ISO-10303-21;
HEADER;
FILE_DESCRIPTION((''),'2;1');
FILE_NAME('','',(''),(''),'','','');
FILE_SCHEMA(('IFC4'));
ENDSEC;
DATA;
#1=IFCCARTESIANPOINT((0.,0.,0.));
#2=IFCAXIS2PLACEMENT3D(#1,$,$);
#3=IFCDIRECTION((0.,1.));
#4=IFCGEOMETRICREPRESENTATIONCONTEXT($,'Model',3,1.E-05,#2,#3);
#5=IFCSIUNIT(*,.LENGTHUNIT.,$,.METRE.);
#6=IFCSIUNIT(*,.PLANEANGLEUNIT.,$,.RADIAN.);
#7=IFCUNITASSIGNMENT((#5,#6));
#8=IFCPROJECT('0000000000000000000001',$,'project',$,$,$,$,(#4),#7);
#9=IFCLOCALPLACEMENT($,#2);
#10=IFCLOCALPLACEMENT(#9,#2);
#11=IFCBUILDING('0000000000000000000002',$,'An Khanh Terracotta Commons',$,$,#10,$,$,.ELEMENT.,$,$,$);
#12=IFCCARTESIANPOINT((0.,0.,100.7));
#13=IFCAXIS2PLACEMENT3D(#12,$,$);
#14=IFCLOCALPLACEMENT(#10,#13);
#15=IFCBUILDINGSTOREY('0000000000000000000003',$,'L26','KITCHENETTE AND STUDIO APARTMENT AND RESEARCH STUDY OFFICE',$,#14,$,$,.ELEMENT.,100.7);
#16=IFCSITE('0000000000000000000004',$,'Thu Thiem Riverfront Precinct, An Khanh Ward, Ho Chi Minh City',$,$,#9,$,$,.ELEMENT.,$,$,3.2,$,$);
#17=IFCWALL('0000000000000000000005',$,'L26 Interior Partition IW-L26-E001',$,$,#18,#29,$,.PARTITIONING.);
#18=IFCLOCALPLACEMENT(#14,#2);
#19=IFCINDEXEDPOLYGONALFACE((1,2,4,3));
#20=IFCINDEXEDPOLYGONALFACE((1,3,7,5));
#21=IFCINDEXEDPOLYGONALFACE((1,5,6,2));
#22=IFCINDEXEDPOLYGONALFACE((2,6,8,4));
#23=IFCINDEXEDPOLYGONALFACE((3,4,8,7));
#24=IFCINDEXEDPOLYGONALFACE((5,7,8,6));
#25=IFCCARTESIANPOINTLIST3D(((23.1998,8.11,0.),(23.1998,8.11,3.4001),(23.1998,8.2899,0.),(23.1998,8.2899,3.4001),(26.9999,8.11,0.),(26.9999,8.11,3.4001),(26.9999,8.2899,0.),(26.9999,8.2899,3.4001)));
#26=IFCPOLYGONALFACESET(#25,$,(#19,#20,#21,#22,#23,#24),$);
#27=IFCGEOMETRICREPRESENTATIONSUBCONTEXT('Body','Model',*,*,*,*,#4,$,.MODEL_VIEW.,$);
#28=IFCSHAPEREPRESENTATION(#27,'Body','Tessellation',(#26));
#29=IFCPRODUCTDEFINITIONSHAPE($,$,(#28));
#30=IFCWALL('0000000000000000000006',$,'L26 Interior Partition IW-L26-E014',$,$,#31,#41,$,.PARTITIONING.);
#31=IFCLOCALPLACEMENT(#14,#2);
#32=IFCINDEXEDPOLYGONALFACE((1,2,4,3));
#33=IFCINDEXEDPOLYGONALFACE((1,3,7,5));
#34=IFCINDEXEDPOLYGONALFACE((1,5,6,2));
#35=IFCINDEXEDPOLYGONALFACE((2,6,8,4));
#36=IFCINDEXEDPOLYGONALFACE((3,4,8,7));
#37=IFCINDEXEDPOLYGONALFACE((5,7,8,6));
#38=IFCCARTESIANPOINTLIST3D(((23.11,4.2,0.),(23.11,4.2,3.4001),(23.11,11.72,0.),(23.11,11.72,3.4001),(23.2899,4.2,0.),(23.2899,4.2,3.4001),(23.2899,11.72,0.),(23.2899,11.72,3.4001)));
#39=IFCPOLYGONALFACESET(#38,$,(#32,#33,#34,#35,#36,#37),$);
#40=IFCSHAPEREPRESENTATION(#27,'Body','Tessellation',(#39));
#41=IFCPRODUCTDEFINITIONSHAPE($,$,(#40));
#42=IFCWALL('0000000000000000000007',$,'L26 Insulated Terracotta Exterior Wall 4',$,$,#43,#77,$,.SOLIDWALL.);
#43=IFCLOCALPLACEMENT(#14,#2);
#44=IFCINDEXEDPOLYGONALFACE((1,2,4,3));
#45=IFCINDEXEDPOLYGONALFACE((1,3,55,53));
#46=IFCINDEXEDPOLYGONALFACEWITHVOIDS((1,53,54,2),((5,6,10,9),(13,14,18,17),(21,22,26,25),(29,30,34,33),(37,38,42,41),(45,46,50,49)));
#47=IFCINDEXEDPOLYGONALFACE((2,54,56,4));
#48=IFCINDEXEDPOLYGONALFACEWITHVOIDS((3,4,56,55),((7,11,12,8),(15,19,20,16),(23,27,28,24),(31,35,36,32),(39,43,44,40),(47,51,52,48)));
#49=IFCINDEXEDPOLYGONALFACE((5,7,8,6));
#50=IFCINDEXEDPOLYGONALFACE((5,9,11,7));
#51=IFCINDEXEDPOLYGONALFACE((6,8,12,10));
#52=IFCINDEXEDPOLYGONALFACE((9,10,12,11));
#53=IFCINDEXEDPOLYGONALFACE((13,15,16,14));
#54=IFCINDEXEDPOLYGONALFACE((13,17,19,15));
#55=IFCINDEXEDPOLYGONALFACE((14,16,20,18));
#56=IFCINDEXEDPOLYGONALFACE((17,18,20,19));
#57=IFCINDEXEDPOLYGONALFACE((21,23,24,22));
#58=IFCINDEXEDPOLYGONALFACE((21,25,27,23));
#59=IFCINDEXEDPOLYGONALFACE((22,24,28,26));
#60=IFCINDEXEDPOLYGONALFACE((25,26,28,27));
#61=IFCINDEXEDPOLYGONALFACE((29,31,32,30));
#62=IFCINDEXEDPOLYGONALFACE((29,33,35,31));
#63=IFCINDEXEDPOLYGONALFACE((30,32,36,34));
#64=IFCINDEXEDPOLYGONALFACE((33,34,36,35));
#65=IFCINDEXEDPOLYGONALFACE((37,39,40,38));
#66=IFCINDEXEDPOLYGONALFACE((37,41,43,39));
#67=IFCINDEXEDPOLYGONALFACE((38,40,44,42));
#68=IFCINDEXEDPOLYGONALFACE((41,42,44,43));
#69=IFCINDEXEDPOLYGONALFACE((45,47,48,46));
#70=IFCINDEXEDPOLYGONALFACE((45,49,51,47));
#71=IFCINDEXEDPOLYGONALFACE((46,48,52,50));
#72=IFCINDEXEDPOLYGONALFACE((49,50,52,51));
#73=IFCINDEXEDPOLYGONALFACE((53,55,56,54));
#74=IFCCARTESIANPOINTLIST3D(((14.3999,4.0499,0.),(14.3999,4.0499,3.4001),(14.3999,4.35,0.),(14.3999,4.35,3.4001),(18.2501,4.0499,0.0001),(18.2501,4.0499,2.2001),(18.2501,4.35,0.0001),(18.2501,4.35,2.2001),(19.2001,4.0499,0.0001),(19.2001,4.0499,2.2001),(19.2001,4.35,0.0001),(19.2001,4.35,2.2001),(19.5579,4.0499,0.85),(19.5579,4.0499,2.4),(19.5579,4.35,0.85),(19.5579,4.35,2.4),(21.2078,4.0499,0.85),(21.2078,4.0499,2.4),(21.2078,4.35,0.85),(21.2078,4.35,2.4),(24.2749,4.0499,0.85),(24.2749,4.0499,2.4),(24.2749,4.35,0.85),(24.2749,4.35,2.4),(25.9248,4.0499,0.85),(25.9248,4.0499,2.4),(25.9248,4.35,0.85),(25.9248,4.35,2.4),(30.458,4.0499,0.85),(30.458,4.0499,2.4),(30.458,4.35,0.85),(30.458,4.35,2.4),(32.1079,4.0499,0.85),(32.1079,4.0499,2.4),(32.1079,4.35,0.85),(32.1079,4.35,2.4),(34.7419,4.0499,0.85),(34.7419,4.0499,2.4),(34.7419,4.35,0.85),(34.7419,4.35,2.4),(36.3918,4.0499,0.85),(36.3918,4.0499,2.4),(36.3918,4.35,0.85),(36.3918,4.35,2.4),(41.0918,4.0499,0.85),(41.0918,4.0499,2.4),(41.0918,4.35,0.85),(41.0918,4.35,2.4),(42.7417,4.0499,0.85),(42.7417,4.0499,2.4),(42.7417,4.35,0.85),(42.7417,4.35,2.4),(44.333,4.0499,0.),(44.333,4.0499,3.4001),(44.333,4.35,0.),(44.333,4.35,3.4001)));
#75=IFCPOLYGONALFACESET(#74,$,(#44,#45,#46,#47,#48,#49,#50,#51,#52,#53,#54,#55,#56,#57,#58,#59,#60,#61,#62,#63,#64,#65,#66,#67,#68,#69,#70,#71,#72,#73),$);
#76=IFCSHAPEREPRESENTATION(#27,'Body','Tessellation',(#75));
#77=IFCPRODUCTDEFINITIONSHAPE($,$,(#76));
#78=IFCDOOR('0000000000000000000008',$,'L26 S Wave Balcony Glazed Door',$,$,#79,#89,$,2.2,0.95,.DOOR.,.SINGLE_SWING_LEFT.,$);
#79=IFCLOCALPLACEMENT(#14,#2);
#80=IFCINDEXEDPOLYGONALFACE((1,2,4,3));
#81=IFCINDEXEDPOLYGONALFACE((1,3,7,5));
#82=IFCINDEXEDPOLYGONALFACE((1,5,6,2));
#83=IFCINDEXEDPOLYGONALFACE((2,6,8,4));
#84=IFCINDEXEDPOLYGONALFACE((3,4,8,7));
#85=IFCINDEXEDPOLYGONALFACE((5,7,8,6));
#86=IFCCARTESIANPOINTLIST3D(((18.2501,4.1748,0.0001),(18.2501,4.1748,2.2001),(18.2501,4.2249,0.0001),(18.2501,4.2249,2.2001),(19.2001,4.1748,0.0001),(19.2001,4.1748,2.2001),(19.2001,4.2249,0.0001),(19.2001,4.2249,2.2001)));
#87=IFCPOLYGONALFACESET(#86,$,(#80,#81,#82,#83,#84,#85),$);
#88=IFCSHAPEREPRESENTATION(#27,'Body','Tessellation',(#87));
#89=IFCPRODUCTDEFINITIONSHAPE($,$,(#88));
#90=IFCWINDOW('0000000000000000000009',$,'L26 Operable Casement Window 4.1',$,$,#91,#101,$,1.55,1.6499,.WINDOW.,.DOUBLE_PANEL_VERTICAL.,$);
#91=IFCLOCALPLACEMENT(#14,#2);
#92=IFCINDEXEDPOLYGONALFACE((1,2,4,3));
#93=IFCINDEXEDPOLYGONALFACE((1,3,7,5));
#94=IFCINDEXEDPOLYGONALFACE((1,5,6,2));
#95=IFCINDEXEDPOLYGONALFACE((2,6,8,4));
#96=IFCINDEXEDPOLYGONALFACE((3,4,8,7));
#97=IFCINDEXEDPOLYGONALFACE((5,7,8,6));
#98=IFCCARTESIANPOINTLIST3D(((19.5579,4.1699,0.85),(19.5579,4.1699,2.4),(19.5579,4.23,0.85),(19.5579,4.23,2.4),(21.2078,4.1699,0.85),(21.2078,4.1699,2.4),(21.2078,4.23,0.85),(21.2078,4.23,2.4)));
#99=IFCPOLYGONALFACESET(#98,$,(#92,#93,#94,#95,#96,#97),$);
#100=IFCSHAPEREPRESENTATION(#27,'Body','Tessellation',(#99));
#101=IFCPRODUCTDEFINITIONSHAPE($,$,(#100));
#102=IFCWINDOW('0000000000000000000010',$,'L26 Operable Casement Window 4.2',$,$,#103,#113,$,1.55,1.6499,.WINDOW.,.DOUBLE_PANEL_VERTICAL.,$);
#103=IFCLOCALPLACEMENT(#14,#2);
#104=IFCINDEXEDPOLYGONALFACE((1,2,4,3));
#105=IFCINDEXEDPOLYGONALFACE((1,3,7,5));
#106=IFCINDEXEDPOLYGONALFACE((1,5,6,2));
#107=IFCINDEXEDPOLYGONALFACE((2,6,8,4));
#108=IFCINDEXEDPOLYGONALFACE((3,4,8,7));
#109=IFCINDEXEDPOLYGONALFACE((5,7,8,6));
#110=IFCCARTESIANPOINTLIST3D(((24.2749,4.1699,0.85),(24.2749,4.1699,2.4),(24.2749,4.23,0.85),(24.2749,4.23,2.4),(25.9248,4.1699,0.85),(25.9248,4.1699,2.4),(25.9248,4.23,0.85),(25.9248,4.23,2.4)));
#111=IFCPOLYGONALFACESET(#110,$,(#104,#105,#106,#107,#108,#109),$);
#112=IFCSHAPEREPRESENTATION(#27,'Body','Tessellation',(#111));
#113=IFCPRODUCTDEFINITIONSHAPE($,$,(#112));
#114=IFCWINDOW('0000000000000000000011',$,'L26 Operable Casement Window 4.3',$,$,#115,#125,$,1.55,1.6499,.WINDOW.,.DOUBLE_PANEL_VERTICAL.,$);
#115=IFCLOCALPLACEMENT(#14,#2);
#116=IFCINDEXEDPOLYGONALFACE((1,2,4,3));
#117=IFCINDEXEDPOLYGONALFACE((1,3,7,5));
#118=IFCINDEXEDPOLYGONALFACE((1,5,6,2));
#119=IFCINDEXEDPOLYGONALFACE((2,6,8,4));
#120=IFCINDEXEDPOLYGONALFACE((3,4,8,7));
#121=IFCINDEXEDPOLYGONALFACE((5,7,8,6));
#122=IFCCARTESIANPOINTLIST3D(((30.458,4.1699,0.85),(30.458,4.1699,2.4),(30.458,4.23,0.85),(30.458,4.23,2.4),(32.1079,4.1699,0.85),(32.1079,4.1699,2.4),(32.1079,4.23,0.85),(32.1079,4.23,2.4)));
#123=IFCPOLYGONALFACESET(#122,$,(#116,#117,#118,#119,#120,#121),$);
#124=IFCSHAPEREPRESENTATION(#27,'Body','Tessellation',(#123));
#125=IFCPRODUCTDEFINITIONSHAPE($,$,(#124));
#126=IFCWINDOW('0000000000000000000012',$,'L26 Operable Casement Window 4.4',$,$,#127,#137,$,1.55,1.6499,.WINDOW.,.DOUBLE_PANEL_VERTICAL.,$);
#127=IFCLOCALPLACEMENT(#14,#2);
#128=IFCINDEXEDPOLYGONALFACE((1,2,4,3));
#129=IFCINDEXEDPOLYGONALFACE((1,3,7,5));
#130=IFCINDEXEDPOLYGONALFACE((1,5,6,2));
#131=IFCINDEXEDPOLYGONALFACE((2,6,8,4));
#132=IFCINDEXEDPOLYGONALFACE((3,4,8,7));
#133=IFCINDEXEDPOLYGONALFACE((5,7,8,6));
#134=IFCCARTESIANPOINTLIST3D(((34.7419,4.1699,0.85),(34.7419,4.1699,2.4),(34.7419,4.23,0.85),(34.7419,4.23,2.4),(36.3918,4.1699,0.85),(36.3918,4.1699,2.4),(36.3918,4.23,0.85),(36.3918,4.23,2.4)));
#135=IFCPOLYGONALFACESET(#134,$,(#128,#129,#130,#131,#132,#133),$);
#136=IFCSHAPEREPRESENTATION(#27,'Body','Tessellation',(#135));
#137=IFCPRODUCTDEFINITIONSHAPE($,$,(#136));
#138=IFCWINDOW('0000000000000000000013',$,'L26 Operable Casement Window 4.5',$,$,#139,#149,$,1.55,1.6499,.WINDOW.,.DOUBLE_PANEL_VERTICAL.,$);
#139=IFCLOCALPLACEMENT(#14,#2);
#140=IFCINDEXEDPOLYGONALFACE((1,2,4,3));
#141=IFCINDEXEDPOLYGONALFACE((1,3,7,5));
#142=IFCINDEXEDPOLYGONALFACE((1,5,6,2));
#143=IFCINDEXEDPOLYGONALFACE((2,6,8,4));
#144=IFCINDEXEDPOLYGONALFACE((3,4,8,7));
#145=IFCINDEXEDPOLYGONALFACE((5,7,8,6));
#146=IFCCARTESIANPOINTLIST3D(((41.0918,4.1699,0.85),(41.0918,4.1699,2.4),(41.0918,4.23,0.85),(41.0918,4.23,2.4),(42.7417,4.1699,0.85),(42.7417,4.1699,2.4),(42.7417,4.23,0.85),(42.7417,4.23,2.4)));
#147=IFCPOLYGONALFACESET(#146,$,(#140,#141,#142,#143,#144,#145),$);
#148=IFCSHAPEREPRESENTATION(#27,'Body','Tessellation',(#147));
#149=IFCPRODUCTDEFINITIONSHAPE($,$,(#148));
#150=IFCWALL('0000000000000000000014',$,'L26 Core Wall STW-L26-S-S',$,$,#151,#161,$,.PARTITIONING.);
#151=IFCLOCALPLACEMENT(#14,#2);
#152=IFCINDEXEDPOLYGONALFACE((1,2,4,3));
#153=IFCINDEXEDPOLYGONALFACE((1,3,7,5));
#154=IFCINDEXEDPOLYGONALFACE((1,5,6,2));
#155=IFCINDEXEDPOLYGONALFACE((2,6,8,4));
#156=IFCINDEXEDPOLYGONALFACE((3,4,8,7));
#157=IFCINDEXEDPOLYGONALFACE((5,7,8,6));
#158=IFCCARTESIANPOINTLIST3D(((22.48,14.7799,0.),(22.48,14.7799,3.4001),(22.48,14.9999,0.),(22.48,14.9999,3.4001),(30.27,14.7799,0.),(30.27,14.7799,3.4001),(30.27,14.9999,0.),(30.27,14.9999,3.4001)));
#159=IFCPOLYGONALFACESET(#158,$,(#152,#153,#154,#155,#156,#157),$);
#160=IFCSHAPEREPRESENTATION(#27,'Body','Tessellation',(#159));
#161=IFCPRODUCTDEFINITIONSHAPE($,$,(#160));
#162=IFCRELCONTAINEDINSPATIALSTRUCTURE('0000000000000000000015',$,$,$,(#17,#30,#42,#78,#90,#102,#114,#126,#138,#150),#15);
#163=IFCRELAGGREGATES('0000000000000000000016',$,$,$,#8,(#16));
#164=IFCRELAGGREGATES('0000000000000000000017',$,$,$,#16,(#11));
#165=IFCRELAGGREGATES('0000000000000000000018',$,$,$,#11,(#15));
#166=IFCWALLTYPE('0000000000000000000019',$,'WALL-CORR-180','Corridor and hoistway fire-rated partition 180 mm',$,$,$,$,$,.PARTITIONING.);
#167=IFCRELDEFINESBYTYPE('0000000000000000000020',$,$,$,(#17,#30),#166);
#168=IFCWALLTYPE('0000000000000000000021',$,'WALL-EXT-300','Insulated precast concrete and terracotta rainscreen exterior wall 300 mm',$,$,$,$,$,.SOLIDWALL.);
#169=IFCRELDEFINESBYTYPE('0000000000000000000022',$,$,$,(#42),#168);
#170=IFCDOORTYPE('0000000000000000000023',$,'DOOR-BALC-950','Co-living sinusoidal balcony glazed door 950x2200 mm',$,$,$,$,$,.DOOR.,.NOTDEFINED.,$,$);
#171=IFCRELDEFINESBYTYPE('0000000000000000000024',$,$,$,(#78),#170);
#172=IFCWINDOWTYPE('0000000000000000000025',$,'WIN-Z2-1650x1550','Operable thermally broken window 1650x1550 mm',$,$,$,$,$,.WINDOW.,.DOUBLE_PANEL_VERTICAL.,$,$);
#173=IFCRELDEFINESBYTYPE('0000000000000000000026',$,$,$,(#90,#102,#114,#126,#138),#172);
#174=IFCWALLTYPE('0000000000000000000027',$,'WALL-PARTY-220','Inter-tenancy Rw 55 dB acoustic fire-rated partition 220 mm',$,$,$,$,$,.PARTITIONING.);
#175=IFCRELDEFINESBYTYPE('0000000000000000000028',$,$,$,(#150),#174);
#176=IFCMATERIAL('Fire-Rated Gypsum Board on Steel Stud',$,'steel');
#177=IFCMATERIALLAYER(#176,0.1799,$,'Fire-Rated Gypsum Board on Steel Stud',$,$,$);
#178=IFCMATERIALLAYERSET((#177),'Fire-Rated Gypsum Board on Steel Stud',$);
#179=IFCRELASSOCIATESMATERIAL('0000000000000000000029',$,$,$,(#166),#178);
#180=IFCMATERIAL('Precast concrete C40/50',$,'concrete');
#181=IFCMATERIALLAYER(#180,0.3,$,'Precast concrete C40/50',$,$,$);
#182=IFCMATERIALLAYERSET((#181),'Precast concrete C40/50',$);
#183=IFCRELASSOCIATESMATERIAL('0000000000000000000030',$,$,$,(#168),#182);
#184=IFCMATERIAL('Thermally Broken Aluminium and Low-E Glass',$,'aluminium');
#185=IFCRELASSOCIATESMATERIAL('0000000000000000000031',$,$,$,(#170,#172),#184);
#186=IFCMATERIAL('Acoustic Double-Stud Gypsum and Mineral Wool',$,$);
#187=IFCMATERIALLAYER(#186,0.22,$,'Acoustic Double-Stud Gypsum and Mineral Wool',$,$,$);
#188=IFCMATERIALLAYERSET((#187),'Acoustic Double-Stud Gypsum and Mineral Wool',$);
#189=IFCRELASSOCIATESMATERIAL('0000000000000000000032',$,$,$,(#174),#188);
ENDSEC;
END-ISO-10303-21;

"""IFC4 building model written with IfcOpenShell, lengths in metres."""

from ifc_helpers import new_model, si_unit, direction, frame, frame_2d, origin, place, context, subcontext, project, spatial, rectangle, extrude, material, layer, layer_set, type_object, element, fill, save


model = new_model("IFC4")

# Units and contexts
model_context = context("Model", 3, precision=1e-05, world=origin(), true_north=direction((0.0, 1.0)))
body_context = subcontext(model_context, "Body", "Model", "MODEL_VIEW")
ifc_project = project(units=[si_unit("LENGTHUNIT", "METRE"), si_unit("PLANEANGLEUNIT", "RADIAN")], contexts=[model_context])

# Site, building, storey
site_placement = place(None, origin())
site = spatial("IfcSite", under=ifc_project, at=site_placement, Name="Thu Thiem Riverfront Precinct, An Khanh Ward, Ho Chi Minh City", CompositionType="ELEMENT", RefElevation=3.2)
building_placement = place(site_placement, origin())
building = spatial("IfcBuilding", under=site, at=building_placement, Name="An Khanh Terracotta Commons", CompositionType="ELEMENT")
storey_placement = place(building_placement, frame((0.0, 0.0, 100.7)))
storey = spatial("IfcBuildingStorey", under=building, at=storey_placement, Name="L26", Description="KITCHENETTE AND STUDIO APARTMENT AND RESEARCH STUDY OFFICE", CompositionType="ELEMENT", Elevation=100.7)

# Shared definitions
ifc_material_1 = material(Name="Fire-Rated Gypsum Board on Steel Stud", Category="steel")
ifc_layer_1 = layer(ifc_material_1, 0.1799, Name="Fire-Rated Gypsum Board on Steel Stud")
ifc_layer_set_1 = layer_set([ifc_layer_1], Name="Fire-Rated Gypsum Board on Steel Stud")
wall_type_1 = type_object("IfcWallType", Name="WALL-CORR-180", Description="Corridor and hoistway fire-rated partition 180 mm", PredefinedType="PARTITIONING", material=ifc_layer_set_1)

# Walls
wall_1_placement = place(storey_placement, frame((23.2, 8.2, 0.0), z_axis=(0.0, 0.0, 1.0), x_axis=(1.0, 0.0, 0.0)))
element("IfcWall", 1, at=wall_1_placement, inside=storey, type_object=wall_type_1, Name="L26 Interior Partition IW-L26-E001", PredefinedType="PARTITIONING", context=body_context, shape_type="SweptSolid", body=[
    extrude(rectangle(XDim=3.8, YDim=0.1799, at=frame_2d((1.8999, 0.0))), origin(), (0.0, 0.0, 1.0), 3.4001),
])
wall_2_placement = place(storey_placement, frame((23.2, 4.2, 0.0), z_axis=(0.0, 0.0, 1.0), x_axis=(0.0, 1.0, 0.0)))
element("IfcWall", 2, at=wall_2_placement, inside=storey, type_object=wall_type_1, Name="L26 Interior Partition IW-L26-E014", PredefinedType="PARTITIONING", context=body_context, shape_type="SweptSolid", body=[
    extrude(rectangle(XDim=7.52, YDim=0.1799, at=frame_2d((3.76, 0.0))), origin(), (0.0, 0.0, 1.0), 3.4001),
])

# Wall, openings, door, windows
ifc_material_2 = material(Name="Precast concrete C40/50", Category="concrete")
ifc_layer_2 = layer(ifc_material_2, 0.3, Name="Precast concrete C40/50")
ifc_layer_set_2 = layer_set([ifc_layer_2], Name="Precast concrete C40/50")
wall_type_2 = type_object("IfcWallType", Name="WALL-EXT-300", Description="Insulated precast concrete and terracotta rainscreen exterior wall 300 mm", PredefinedType="SOLIDWALL", material=ifc_layer_set_2)
wall_3_placement = place(storey_placement, frame((14.3999, 4.2, 0.0), z_axis=(0.0, 0.0, 1.0), x_axis=(1.0, 0.0, 0.0)))
wall_3 = element("IfcWall", 3, at=wall_3_placement, inside=storey, type_object=wall_type_2, Name="L26 Insulated Terracotta Exterior Wall 4", PredefinedType="SOLIDWALL", context=body_context, shape_type="SweptSolid", body=[
    extrude(rectangle(XDim=29.9331, YDim=0.3, at=frame_2d((14.9666, 0.0))), origin(), (0.0, 0.0, 1.0), 3.4001),
])
opening_1_placement = place(wall_3_placement, frame((3.8501, 0.0, 0.0)))
opening_1 = element("IfcOpeningElement", 4, at=opening_1_placement, cuts=wall_3, PredefinedType="OPENING", context=body_context, shape_type="SweptSolid", body=[
    extrude(rectangle(XDim=0.95, YDim=2.2, at=frame_2d((0.4751, 1.1001))), frame((0.0, 0.1599, 0.0), z_axis=(0.0, -1.0, 0.0), x_axis=(1.0, 0.0, 0.0)), (0.0, 0.0, 1.0), 0.3201),
])
opening_2_placement = place(wall_3_placement, frame((5.158, 0.0, 0.8501)))
opening_2 = element("IfcOpeningElement", 5, at=opening_2_placement, cuts=wall_3, PredefinedType="OPENING", context=body_context, shape_type="SweptSolid", body=[
    extrude(rectangle(XDim=1.6499, YDim=1.55, at=frame_2d((0.825, 0.7749))), frame((0.0, 0.1599, 0.0), z_axis=(0.0, -1.0, 0.0), x_axis=(1.0, 0.0, 0.0)), (0.0, 0.0, 1.0), 0.3201),
])
opening_3_placement = place(wall_3_placement, frame((9.875, 0.0, 0.8501)))
opening_3 = element("IfcOpeningElement", 6, at=opening_3_placement, cuts=wall_3, PredefinedType="OPENING", context=body_context, shape_type="SweptSolid", body=[
    extrude(rectangle(XDim=1.6499, YDim=1.55, at=frame_2d((0.825, 0.7749))), frame((0.0, 0.1599, 0.0), z_axis=(0.0, -1.0, 0.0), x_axis=(1.0, 0.0, 0.0)), (0.0, 0.0, 1.0), 0.3201),
])
opening_4_placement = place(wall_3_placement, frame((16.0581, 0.0, 0.8501)))
opening_4 = element("IfcOpeningElement", 7, at=opening_4_placement, cuts=wall_3, PredefinedType="OPENING", context=body_context, shape_type="SweptSolid", body=[
    extrude(rectangle(XDim=1.6499, YDim=1.55, at=frame_2d((0.825, 0.7749))), frame((0.0, 0.1599, 0.0), z_axis=(0.0, -1.0, 0.0), x_axis=(1.0, 0.0, 0.0)), (0.0, 0.0, 1.0), 0.3201),
])
opening_5_placement = place(wall_3_placement, frame((20.342, 0.0, 0.8501)))
opening_5 = element("IfcOpeningElement", 8, at=opening_5_placement, cuts=wall_3, PredefinedType="OPENING", context=body_context, shape_type="SweptSolid", body=[
    extrude(rectangle(XDim=1.6499, YDim=1.55, at=frame_2d((0.825, 0.7749))), frame((0.0, 0.1599, 0.0), z_axis=(0.0, -1.0, 0.0), x_axis=(1.0, 0.0, 0.0)), (0.0, 0.0, 1.0), 0.3201),
])
opening_6_placement = place(wall_3_placement, frame((26.6919, 0.0, 0.8501)))
opening_6 = element("IfcOpeningElement", 9, at=opening_6_placement, cuts=wall_3, PredefinedType="OPENING", context=body_context, shape_type="SweptSolid", body=[
    extrude(rectangle(XDim=1.6499, YDim=1.55, at=frame_2d((0.825, 0.7749))), frame((0.0, 0.1599, 0.0), z_axis=(0.0, -1.0, 0.0), x_axis=(1.0, 0.0, 0.0)), (0.0, 0.0, 1.0), 0.3201),
])
ifc_material_3 = material(Name="Thermally Broken Aluminium and Low-E Glass", Category="aluminium")
door_type_1 = type_object("IfcDoorType", Name="DOOR-BALC-950", Description="Co-living sinusoidal balcony glazed door 950x2200 mm", OperationType="NOTDEFINED", PredefinedType="DOOR", material=ifc_material_3)
door_1_placement = place(opening_1_placement, origin())
door_1 = element("IfcDoor", 10, at=door_1_placement, inside=storey, type_object=door_type_1, Name="L26 S Wave Balcony Glazed Door", OperationType="SINGLE_SWING_LEFT", OverallHeight=2.2, OverallWidth=0.95, PredefinedType="DOOR", context=body_context, shape_type="SweptSolid", body=[
    extrude(rectangle(XDim=0.95, YDim=2.2, at=frame_2d((0.4751, 1.1001))), frame((0.0, 0.0249, 0.0), z_axis=(0.0, -1.0, 0.0), x_axis=(1.0, 0.0, 0.0)), (0.0, 0.0, 1.0), 0.05),
])
fill(opening_1, door_1)
window_type = type_object("IfcWindowType", Name="WIN-Z2-1650x1550", Description="Operable thermally broken window 1650x1550 mm", PartitioningType="DOUBLE_PANEL_VERTICAL", PredefinedType="WINDOW", material=ifc_material_3)
window_1_placement = place(opening_2_placement, origin())
window_1 = element("IfcWindow", 11, at=window_1_placement, inside=storey, type_object=window_type, Name="L26 Operable Casement Window 4.1", OverallHeight=1.55, OverallWidth=1.6499, PartitioningType="DOUBLE_PANEL_VERTICAL", PredefinedType="WINDOW", context=body_context, shape_type="SweptSolid", body=[
    extrude(rectangle(XDim=1.6499, YDim=1.55, at=frame_2d((0.825, 0.7749))), frame((0.0, 0.03, 0.0), z_axis=(0.0, -1.0, 0.0), x_axis=(1.0, 0.0, 0.0)), (0.0, 0.0, 1.0), 0.0601),
])
fill(opening_2, window_1)
window_2_placement = place(opening_3_placement, origin())
window_2 = element("IfcWindow", 12, at=window_2_placement, inside=storey, type_object=window_type, Name="L26 Operable Casement Window 4.2", OverallHeight=1.55, OverallWidth=1.6499, PartitioningType="DOUBLE_PANEL_VERTICAL", PredefinedType="WINDOW", context=body_context, shape_type="SweptSolid", body=[
    extrude(rectangle(XDim=1.6499, YDim=1.55, at=frame_2d((0.825, 0.7749))), frame((0.0, 0.03, 0.0), z_axis=(0.0, -1.0, 0.0), x_axis=(1.0, 0.0, 0.0)), (0.0, 0.0, 1.0), 0.0601),
])
fill(opening_3, window_2)
window_3_placement = place(opening_4_placement, origin())
window_3 = element("IfcWindow", 13, at=window_3_placement, inside=storey, type_object=window_type, Name="L26 Operable Casement Window 4.3", OverallHeight=1.55, OverallWidth=1.6499, PartitioningType="DOUBLE_PANEL_VERTICAL", PredefinedType="WINDOW", context=body_context, shape_type="SweptSolid", body=[
    extrude(rectangle(XDim=1.6499, YDim=1.55, at=frame_2d((0.825, 0.7749))), frame((0.0, 0.03, 0.0), z_axis=(0.0, -1.0, 0.0), x_axis=(1.0, 0.0, 0.0)), (0.0, 0.0, 1.0), 0.0601),
])
fill(opening_4, window_3)
window_4_placement = place(opening_5_placement, origin())
window_4 = element("IfcWindow", 14, at=window_4_placement, inside=storey, type_object=window_type, Name="L26 Operable Casement Window 4.4", OverallHeight=1.55, OverallWidth=1.6499, PartitioningType="DOUBLE_PANEL_VERTICAL", PredefinedType="WINDOW", context=body_context, shape_type="SweptSolid", body=[
    extrude(rectangle(XDim=1.6499, YDim=1.55, at=frame_2d((0.825, 0.7749))), frame((0.0, 0.03, 0.0), z_axis=(0.0, -1.0, 0.0), x_axis=(1.0, 0.0, 0.0)), (0.0, 0.0, 1.0), 0.0601),
])
fill(opening_5, window_4)
window_5_placement = place(opening_6_placement, origin())
window_5 = element("IfcWindow", 15, at=window_5_placement, inside=storey, type_object=window_type, Name="L26 Operable Casement Window 4.5", OverallHeight=1.55, OverallWidth=1.6499, PartitioningType="DOUBLE_PANEL_VERTICAL", PredefinedType="WINDOW", context=body_context, shape_type="SweptSolid", body=[
    extrude(rectangle(XDim=1.6499, YDim=1.55, at=frame_2d((0.825, 0.7749))), frame((0.0, 0.03, 0.0), z_axis=(0.0, -1.0, 0.0), x_axis=(1.0, 0.0, 0.0)), (0.0, 0.0, 1.0), 0.0601),
])
fill(opening_6, window_5)

# Wall
ifc_material_4 = material(Name="Acoustic Double-Stud Gypsum and Mineral Wool")
ifc_layer_3 = layer(ifc_material_4, 0.22, Name="Acoustic Double-Stud Gypsum and Mineral Wool")
ifc_layer_set_3 = layer_set([ifc_layer_3], Name="Acoustic Double-Stud Gypsum and Mineral Wool")
wall_type_3 = type_object("IfcWallType", Name="WALL-PARTY-220", Description="Inter-tenancy Rw 55 dB acoustic fire-rated partition 220 mm", PredefinedType="PARTITIONING", material=ifc_layer_set_3)
wall_4_placement = place(storey_placement, frame((22.48, 14.8899, 0.0), z_axis=(0.0, 0.0, 1.0), x_axis=(1.0, 0.0, 0.0)))
element("IfcWall", 16, at=wall_4_placement, inside=storey, type_object=wall_type_3, Name="L26 Core Wall STW-L26-S-S", PredefinedType="PARTITIONING", context=body_context, shape_type="SweptSolid", body=[
    extrude(rectangle(XDim=7.79, YDim=0.22, at=frame_2d((3.895, 0.0))), origin(), (0.0, 0.0, 1.0), 3.4001),
])

save(model, "model.ifc")
